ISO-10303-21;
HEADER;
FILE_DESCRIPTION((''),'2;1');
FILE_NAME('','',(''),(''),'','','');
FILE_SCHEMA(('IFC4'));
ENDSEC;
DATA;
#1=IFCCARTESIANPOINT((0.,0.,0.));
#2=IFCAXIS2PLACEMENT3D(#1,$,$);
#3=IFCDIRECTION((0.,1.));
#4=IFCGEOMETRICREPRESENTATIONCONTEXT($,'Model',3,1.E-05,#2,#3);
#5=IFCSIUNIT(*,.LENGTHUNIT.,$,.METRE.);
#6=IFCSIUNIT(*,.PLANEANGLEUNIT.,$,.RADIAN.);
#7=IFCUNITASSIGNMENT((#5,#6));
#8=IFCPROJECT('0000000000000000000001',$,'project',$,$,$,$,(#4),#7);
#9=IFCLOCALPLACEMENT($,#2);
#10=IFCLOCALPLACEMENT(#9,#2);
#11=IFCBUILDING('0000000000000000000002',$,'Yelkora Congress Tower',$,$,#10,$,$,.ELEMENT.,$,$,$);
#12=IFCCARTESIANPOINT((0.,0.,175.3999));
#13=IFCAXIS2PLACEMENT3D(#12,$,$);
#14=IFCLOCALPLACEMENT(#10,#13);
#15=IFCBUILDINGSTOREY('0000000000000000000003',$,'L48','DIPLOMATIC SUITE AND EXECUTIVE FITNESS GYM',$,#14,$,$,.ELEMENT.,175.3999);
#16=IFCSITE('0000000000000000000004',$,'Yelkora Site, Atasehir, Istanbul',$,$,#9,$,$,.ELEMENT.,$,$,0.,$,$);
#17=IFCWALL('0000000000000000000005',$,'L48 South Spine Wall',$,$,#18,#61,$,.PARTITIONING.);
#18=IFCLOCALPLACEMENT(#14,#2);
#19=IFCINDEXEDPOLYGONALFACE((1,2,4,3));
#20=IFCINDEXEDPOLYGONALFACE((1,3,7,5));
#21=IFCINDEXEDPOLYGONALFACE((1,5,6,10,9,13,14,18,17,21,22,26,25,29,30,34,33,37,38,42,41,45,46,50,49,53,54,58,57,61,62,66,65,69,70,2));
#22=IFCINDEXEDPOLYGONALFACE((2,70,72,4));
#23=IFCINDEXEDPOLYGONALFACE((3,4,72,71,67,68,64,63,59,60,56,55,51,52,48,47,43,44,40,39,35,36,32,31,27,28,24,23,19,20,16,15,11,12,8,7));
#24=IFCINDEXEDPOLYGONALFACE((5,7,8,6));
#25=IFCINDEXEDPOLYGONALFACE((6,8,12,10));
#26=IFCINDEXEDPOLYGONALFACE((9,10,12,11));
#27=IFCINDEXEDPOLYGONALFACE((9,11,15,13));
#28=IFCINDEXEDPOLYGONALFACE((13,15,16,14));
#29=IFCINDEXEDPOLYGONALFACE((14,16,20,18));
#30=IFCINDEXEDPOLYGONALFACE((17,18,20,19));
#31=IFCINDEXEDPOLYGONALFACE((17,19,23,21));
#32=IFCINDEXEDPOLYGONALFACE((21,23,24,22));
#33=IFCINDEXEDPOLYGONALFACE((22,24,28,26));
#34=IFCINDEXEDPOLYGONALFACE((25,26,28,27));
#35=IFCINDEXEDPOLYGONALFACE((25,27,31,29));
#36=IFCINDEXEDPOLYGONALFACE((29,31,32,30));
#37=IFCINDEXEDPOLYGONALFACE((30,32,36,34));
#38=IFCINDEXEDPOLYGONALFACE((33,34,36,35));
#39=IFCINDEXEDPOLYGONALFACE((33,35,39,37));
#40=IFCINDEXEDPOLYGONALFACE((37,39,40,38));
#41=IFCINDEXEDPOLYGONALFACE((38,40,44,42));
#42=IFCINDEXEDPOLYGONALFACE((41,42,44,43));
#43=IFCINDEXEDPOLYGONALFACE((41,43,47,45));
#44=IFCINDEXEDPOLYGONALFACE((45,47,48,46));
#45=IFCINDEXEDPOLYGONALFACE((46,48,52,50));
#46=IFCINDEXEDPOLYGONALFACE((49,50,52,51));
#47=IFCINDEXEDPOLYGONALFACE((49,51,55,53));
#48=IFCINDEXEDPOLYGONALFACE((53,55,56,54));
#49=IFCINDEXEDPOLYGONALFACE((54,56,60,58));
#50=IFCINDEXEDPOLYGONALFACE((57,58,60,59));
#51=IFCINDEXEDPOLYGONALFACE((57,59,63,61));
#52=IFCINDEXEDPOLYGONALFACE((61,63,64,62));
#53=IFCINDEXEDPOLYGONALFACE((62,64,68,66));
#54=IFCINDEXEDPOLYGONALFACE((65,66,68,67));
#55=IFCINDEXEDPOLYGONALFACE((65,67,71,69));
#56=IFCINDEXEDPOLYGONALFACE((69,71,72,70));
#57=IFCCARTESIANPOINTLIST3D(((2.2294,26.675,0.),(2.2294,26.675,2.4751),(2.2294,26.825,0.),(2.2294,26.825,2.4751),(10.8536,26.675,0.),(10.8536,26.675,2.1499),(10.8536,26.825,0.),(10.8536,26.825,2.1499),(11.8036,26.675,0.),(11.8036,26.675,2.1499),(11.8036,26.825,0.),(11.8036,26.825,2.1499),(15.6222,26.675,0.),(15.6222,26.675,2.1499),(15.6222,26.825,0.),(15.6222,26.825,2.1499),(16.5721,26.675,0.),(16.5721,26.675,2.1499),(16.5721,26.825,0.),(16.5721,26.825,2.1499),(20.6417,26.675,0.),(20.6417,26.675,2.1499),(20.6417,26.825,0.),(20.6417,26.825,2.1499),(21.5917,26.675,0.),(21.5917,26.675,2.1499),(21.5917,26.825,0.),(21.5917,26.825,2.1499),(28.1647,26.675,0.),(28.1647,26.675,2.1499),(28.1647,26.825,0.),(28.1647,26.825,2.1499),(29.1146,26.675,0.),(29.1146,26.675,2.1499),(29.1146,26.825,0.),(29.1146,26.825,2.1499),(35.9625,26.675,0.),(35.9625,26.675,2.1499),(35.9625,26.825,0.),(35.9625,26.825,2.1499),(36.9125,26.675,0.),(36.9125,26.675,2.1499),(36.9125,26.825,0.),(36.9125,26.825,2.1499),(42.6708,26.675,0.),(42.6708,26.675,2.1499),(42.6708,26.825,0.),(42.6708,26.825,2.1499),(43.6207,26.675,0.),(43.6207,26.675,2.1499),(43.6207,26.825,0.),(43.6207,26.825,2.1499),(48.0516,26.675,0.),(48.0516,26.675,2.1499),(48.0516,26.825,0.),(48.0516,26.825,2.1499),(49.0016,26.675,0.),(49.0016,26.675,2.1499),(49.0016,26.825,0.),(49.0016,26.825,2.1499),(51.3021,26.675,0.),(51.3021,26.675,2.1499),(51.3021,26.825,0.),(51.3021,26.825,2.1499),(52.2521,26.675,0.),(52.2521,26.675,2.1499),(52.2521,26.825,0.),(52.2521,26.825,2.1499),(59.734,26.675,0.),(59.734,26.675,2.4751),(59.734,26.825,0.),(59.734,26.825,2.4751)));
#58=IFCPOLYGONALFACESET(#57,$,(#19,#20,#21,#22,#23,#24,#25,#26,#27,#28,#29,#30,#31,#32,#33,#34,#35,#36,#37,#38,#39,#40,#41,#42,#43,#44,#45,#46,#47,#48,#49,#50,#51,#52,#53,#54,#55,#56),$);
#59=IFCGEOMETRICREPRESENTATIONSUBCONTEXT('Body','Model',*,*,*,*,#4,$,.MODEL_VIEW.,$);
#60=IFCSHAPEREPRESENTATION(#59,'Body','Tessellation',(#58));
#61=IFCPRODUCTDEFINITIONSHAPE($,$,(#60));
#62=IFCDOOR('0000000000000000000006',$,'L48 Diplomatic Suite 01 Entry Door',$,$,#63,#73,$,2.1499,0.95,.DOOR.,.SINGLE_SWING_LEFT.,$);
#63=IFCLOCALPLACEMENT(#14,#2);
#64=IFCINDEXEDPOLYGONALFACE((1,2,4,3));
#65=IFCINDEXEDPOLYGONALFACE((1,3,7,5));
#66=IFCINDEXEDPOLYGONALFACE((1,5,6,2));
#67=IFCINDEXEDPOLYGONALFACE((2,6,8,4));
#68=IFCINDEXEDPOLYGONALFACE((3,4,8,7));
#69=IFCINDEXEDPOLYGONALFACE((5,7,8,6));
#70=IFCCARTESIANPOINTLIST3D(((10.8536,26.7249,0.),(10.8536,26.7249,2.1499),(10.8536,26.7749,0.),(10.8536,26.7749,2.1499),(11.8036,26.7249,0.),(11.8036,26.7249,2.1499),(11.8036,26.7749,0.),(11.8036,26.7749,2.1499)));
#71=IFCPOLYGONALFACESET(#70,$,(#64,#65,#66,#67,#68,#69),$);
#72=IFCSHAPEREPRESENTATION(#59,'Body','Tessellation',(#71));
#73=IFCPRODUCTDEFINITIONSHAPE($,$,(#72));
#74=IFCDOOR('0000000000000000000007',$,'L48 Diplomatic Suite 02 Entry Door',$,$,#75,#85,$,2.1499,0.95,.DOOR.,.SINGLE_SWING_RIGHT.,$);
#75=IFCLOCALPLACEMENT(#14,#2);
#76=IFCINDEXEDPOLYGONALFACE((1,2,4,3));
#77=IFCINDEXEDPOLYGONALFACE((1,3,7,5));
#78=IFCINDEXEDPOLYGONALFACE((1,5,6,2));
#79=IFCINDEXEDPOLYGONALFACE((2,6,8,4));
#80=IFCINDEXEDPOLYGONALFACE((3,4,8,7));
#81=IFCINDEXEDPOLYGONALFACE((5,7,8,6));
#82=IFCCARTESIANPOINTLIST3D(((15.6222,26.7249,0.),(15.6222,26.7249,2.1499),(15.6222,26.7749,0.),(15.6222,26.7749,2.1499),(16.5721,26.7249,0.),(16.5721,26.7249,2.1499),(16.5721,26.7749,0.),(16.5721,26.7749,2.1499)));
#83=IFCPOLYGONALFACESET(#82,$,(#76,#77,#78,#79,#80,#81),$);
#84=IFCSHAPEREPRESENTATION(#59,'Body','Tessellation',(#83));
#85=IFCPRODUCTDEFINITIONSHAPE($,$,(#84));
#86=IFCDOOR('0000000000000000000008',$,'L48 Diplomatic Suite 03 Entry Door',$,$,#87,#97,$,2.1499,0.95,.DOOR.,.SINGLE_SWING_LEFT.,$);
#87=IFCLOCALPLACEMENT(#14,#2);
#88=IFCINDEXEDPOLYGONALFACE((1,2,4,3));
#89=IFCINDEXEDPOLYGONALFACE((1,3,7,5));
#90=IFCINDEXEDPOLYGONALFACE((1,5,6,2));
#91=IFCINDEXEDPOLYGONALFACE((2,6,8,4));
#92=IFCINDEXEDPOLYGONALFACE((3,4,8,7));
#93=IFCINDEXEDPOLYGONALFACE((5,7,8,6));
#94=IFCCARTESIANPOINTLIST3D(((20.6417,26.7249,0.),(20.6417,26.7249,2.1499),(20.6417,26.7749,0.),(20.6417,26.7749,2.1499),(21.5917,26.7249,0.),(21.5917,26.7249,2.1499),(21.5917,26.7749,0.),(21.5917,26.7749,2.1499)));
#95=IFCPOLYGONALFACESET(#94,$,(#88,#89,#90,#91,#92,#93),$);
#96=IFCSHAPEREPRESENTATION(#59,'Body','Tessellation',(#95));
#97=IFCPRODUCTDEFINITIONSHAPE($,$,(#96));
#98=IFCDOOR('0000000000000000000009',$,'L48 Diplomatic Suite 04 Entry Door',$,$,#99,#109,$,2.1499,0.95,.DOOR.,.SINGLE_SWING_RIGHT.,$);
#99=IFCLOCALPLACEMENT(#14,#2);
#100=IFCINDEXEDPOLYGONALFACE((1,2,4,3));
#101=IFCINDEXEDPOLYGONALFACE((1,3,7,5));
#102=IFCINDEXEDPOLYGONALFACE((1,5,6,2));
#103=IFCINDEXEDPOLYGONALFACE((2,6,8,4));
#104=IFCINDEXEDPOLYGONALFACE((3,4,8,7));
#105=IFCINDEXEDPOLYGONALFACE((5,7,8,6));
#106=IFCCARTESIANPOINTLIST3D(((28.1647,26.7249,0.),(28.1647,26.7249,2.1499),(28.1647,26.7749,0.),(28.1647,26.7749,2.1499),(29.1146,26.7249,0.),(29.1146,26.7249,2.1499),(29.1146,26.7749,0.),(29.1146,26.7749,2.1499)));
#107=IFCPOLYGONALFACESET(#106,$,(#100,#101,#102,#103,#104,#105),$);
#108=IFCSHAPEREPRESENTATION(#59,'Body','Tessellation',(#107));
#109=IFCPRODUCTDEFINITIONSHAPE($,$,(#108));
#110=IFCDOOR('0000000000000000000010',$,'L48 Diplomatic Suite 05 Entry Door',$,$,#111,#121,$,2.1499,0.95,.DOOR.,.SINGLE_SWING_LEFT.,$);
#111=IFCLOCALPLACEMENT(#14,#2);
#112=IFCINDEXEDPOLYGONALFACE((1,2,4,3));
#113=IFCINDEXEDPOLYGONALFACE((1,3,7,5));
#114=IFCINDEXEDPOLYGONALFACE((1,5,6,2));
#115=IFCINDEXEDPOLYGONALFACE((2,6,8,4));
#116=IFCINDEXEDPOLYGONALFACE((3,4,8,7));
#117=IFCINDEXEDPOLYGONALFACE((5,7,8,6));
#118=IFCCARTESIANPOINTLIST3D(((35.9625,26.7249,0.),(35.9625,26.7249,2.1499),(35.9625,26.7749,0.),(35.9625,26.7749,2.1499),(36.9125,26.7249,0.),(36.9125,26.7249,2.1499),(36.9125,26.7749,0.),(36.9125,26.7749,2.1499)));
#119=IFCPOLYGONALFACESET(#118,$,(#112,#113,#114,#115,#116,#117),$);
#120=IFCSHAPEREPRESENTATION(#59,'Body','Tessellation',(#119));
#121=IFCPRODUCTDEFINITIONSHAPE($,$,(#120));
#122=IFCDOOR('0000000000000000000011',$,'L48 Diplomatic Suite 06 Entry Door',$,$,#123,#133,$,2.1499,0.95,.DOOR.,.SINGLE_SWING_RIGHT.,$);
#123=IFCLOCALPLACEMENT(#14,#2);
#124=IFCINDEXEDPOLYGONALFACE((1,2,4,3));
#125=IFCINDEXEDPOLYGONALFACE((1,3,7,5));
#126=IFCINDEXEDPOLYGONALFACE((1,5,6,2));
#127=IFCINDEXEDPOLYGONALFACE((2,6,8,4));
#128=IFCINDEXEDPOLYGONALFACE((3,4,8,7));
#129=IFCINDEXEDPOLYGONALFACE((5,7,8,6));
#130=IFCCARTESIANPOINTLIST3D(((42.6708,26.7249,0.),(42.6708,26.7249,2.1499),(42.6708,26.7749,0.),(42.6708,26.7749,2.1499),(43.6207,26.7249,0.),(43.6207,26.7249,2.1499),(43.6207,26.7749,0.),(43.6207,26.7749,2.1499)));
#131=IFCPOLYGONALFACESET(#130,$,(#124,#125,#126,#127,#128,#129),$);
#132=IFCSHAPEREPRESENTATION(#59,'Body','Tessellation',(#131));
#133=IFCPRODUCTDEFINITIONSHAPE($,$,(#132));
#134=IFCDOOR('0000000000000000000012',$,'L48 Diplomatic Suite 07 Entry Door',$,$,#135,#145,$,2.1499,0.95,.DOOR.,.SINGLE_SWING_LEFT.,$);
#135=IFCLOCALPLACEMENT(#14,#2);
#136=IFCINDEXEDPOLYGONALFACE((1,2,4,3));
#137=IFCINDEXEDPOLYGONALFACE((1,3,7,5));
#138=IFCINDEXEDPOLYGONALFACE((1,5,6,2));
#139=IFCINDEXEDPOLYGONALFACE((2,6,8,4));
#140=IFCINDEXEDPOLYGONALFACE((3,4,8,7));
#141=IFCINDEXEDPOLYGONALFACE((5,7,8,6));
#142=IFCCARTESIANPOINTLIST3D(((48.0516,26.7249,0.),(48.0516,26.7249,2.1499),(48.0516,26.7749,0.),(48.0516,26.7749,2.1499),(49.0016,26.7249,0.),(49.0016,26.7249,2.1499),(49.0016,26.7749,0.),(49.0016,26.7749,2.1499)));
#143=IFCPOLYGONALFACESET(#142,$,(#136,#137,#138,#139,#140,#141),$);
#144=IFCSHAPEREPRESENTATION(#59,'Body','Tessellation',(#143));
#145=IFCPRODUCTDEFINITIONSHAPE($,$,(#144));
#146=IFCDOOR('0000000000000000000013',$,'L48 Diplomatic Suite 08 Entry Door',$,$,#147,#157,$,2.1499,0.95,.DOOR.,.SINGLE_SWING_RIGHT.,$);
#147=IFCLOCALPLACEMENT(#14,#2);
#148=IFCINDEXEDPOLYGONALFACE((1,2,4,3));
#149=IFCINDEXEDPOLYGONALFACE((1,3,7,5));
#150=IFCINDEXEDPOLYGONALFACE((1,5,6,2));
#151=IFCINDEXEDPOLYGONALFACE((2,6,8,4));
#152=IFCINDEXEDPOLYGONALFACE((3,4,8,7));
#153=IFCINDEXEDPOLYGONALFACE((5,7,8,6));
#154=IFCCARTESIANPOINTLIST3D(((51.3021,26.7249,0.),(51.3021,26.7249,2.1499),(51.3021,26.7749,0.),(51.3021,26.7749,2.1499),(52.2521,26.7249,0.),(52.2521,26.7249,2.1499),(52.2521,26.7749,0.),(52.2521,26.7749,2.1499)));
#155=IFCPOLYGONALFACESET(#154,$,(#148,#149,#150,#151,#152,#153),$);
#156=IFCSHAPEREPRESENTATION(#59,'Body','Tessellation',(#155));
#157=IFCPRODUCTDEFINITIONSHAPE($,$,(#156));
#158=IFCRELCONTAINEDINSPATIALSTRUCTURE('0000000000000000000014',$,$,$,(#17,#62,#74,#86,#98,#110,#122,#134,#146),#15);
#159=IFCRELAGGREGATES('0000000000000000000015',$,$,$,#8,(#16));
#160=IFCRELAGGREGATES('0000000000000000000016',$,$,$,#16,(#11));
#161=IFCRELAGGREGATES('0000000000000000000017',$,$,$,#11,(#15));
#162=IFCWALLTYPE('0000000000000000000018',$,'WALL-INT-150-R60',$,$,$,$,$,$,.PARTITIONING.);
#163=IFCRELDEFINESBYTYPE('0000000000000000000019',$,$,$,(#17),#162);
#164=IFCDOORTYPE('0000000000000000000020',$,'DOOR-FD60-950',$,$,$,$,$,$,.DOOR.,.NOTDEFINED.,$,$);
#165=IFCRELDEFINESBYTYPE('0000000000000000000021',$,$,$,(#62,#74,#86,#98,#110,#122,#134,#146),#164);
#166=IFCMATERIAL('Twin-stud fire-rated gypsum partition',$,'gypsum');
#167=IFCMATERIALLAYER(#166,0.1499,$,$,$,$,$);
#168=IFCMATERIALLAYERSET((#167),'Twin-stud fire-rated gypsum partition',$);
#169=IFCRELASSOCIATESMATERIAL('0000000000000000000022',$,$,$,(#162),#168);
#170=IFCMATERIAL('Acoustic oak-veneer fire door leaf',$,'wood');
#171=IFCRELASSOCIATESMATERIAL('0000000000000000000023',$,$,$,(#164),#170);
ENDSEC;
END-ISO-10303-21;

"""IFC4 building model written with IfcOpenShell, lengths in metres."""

from ifc_helpers import new_model, si_unit, direction, frame, frame_2d, origin, place, context, subcontext, project, spatial, rectangle, extrude, material, layer, layer_set, type_object, element, fill, save


model = new_model("IFC4")

# Units and contexts
model_context = context("Model", 3, precision=1e-05, world=origin(), true_north=direction((0.0, 1.0)))
body_context = subcontext(model_context, "Body", "Model", "MODEL_VIEW")
ifc_project = project(units=[si_unit("LENGTHUNIT", "METRE"), si_unit("PLANEANGLEUNIT", "RADIAN")], contexts=[model_context])

# Site, building, storey
site_placement = place(None, origin())
site = spatial("IfcSite", under=ifc_project, at=site_placement, Name="Yelkora Site, Atasehir, Istanbul", CompositionType="ELEMENT", RefElevation=0.0)
building_placement = place(site_placement, origin())
building = spatial("IfcBuilding", under=site, at=building_placement, Name="Yelkora Congress Tower", CompositionType="ELEMENT")
storey_placement = place(building_placement, frame((0.0, 0.0, 175.3999)))
storey = spatial("IfcBuildingStorey", under=building, at=storey_placement, Name="L48", Description="DIPLOMATIC SUITE AND EXECUTIVE FITNESS GYM", CompositionType="ELEMENT", Elevation=175.3999)

# Wall, openings, doors
ifc_material_1 = material(Name="Twin-stud fire-rated gypsum partition", Category="gypsum")
ifc_layer_1 = layer(ifc_material_1, 0.1499)
ifc_layer_set_1 = layer_set([ifc_layer_1], Name="Twin-stud fire-rated gypsum partition")
wall_type = type_object("IfcWallType", Name="WALL-INT-150-R60", PredefinedType="PARTITIONING", material=ifc_layer_set_1)
wall_placement = place(storey_placement, frame((2.2292, 26.75, 0.0), z_axis=(0.0, 0.0, 1.0), x_axis=(1.0, 0.0, 0.0)))
wall = element("IfcWall", 1, at=wall_placement, inside=storey, type_object=wall_type, Name="L48 South Spine Wall", PredefinedType="PARTITIONING", context=body_context, shape_type="SweptSolid", body=[
    extrude(rectangle(XDim=57.5046, YDim=0.1499, at=frame_2d((28.7524, 0.0))), origin(), (0.0, 0.0, 1.0), 2.4751),
])
opening_1_placement = place(wall_placement, frame((8.6243, 0.0, 0.0)))
opening_1 = element("IfcOpeningElement", 2, at=opening_1_placement, cuts=wall, PredefinedType="OPENING", context=body_context, shape_type="SweptSolid", body=[
    extrude(rectangle(XDim=0.95, YDim=2.1499, at=frame_2d((0.4751, 1.075))), frame((0.0, 0.085, 0.0), z_axis=(0.0, -1.0, 0.0), x_axis=(1.0, 0.0, 0.0)), (0.0, 0.0, 1.0), 0.1699),
])
opening_2_placement = place(wall_placement, frame((13.3928, 0.0, 0.0)))
opening_2 = element("IfcOpeningElement", 3, at=opening_2_placement, cuts=wall, PredefinedType="OPENING", context=body_context, shape_type="SweptSolid", body=[
    extrude(rectangle(XDim=0.95, YDim=2.1499, at=frame_2d((0.4751, 1.075))), frame((0.0, 0.085, 0.0), z_axis=(0.0, -1.0, 0.0), x_axis=(1.0, 0.0, 0.0)), (0.0, 0.0, 1.0), 0.1699),
])
opening_3_placement = place(wall_placement, frame((18.4124, 0.0, 0.0)))
opening_3 = element("IfcOpeningElement", 4, at=opening_3_placement, cuts=wall, PredefinedType="OPENING", context=body_context, shape_type="SweptSolid", body=[
    extrude(rectangle(XDim=0.95, YDim=2.1499, at=frame_2d((0.4751, 1.075))), frame((0.0, 0.085, 0.0), z_axis=(0.0, -1.0, 0.0), x_axis=(1.0, 0.0, 0.0)), (0.0, 0.0, 1.0), 0.1699),
])
opening_4_placement = place(wall_placement, frame((25.9353, 0.0, 0.0)))
opening_4 = element("IfcOpeningElement", 5, at=opening_4_placement, cuts=wall, PredefinedType="OPENING", context=body_context, shape_type="SweptSolid", body=[
    extrude(rectangle(XDim=0.95, YDim=2.1499, at=frame_2d((0.4751, 1.075))), frame((0.0, 0.085, 0.0), z_axis=(0.0, -1.0, 0.0), x_axis=(1.0, 0.0, 0.0)), (0.0, 0.0, 1.0), 0.1699),
])
opening_5_placement = place(wall_placement, frame((33.7332, 0.0, 0.0)))
opening_5 = element("IfcOpeningElement", 6, at=opening_5_placement, cuts=wall, PredefinedType="OPENING", context=body_context, shape_type="SweptSolid", body=[
    extrude(rectangle(XDim=0.95, YDim=2.1499, at=frame_2d((0.4751, 1.075))), frame((0.0, 0.085, 0.0), z_axis=(0.0, -1.0, 0.0), x_axis=(1.0, 0.0, 0.0)), (0.0, 0.0, 1.0), 0.1699),
])
opening_6_placement = place(wall_placement, frame((40.4414, 0.0, 0.0)))
opening_6 = element("IfcOpeningElement", 7, at=opening_6_placement, cuts=wall, PredefinedType="OPENING", context=body_context, shape_type="SweptSolid", body=[
    extrude(rectangle(XDim=0.95, YDim=2.1499, at=frame_2d((0.4751, 1.075))), frame((0.0, 0.085, 0.0), z_axis=(0.0, -1.0, 0.0), x_axis=(1.0, 0.0, 0.0)), (0.0, 0.0, 1.0), 0.1699),
])
opening_7_placement = place(wall_placement, frame((45.8223, 0.0, 0.0)))
opening_7 = element("IfcOpeningElement", 8, at=opening_7_placement, cuts=wall, PredefinedType="OPENING", context=body_context, shape_type="SweptSolid", body=[
    extrude(rectangle(XDim=0.95, YDim=2.1499, at=frame_2d((0.4751, 1.075))), frame((0.0, 0.085, 0.0), z_axis=(0.0, -1.0, 0.0), x_axis=(1.0, 0.0, 0.0)), (0.0, 0.0, 1.0), 0.1699),
])
opening_8_placement = place(wall_placement, frame((49.0728, 0.0, 0.0)))
opening_8 = element("IfcOpeningElement", 9, at=opening_8_placement, cuts=wall, PredefinedType="OPENING", context=body_context, shape_type="SweptSolid", body=[
    extrude(rectangle(XDim=0.95, YDim=2.1499, at=frame_2d((0.4751, 1.075))), frame((0.0, 0.085, 0.0), z_axis=(0.0, -1.0, 0.0), x_axis=(1.0, 0.0, 0.0)), (0.0, 0.0, 1.0), 0.1699),
])
ifc_material_2 = material(Name="Acoustic oak-veneer fire door leaf", Category="wood")
door_type = type_object("IfcDoorType", Name="DOOR-FD60-950", OperationType="NOTDEFINED", PredefinedType="DOOR", material=ifc_material_2)
door_1_placement = place(opening_1_placement, origin())
door_1 = element("IfcDoor", 10, at=door_1_placement, inside=storey, type_object=door_type, Name="L48 Diplomatic Suite 01 Entry Door", OperationType="SINGLE_SWING_LEFT", OverallHeight=2.1499, OverallWidth=0.95, PredefinedType="DOOR", context=body_context, shape_type="SweptSolid", body=[
    extrude(rectangle(XDim=0.95, YDim=2.1499, at=frame_2d((0.4751, 1.075))), frame((0.0, 0.0249, 0.0), z_axis=(0.0, -1.0, 0.0), x_axis=(1.0, 0.0, 0.0)), (0.0, 0.0, 1.0), 0.05),
])
fill(opening_1, door_1)
door_2_placement = place(opening_2_placement, origin())
door_2 = element("IfcDoor", 11, at=door_2_placement, inside=storey, type_object=door_type, Name="L48 Diplomatic Suite 02 Entry Door", OperationType="SINGLE_SWING_RIGHT", OverallHeight=2.1499, OverallWidth=0.95, PredefinedType="DOOR", context=body_context, shape_type="SweptSolid", body=[
    extrude(rectangle(XDim=0.95, YDim=2.1499, at=frame_2d((0.4751, 1.075))), frame((0.0, 0.0249, 0.0), z_axis=(0.0, -1.0, 0.0), x_axis=(1.0, 0.0, 0.0)), (0.0, 0.0, 1.0), 0.05),
])
fill(opening_2, door_2)
door_3_placement = place(opening_3_placement, origin())
door_3 = element("IfcDoor", 12, at=door_3_placement, inside=storey, type_object=door_type, Name="L48 Diplomatic Suite 03 Entry Door", OperationType="SINGLE_SWING_LEFT", OverallHeight=2.1499, OverallWidth=0.95, PredefinedType="DOOR", context=body_context, shape_type="SweptSolid", body=[
    extrude(rectangle(XDim=0.95, YDim=2.1499, at=frame_2d((0.4751, 1.075))), frame((0.0, 0.0249, 0.0), z_axis=(0.0, -1.0, 0.0), x_axis=(1.0, 0.0, 0.0)), (0.0, 0.0, 1.0), 0.05),
])
fill(opening_3, door_3)
door_4_placement = place(opening_4_placement, origin())
door_4 = element("IfcDoor", 13, at=door_4_placement, inside=storey, type_object=door_type, Name="L48 Diplomatic Suite 04 Entry Door", OperationType="SINGLE_SWING_RIGHT", OverallHeight=2.1499, OverallWidth=0.95, PredefinedType="DOOR", context=body_context, shape_type="SweptSolid", body=[
    extrude(rectangle(XDim=0.95, YDim=2.1499, at=frame_2d((0.4751, 1.075))), frame((0.0, 0.0249, 0.0), z_axis=(0.0, -1.0, 0.0), x_axis=(1.0, 0.0, 0.0)), (0.0, 0.0, 1.0), 0.05),
])
fill(opening_4, door_4)
door_5_placement = place(opening_5_placement, origin())
door_5 = element("IfcDoor", 14, at=door_5_placement, inside=storey, type_object=door_type, Name="L48 Diplomatic Suite 05 Entry Door", OperationType="SINGLE_SWING_LEFT", OverallHeight=2.1499, OverallWidth=0.95, PredefinedType="DOOR", context=body_context, shape_type="SweptSolid", body=[
    extrude(rectangle(XDim=0.95, YDim=2.1499, at=frame_2d((0.4751, 1.075))), frame((0.0, 0.0249, 0.0), z_axis=(0.0, -1.0, 0.0), x_axis=(1.0, 0.0, 0.0)), (0.0, 0.0, 1.0), 0.05),
])
fill(opening_5, door_5)
door_6_placement = place(opening_6_placement, origin())
door_6 = element("IfcDoor", 15, at=door_6_placement, inside=storey, type_object=door_type, Name="L48 Diplomatic Suite 06 Entry Door", OperationType="SINGLE_SWING_RIGHT", OverallHeight=2.1499, OverallWidth=0.95, PredefinedType="DOOR", context=body_context, shape_type="SweptSolid", body=[
    extrude(rectangle(XDim=0.95, YDim=2.1499, at=frame_2d((0.4751, 1.075))), frame((0.0, 0.0249, 0.0), z_axis=(0.0, -1.0, 0.0), x_axis=(1.0, 0.0, 0.0)), (0.0, 0.0, 1.0), 0.05),
])
fill(opening_6, door_6)
door_7_placement = place(opening_7_placement, origin())
door_7 = element("IfcDoor", 16, at=door_7_placement, inside=storey, type_object=door_type, Name="L48 Diplomatic Suite 07 Entry Door", OperationType="SINGLE_SWING_LEFT", OverallHeight=2.1499, OverallWidth=0.95, PredefinedType="DOOR", context=body_context, shape_type="SweptSolid", body=[
    extrude(rectangle(XDim=0.95, YDim=2.1499, at=frame_2d((0.4751, 1.075))), frame((0.0, 0.0249, 0.0), z_axis=(0.0, -1.0, 0.0), x_axis=(1.0, 0.0, 0.0)), (0.0, 0.0, 1.0), 0.05),
])
fill(opening_7, door_7)
door_8_placement = place(opening_8_placement, origin())
door_8 = element("IfcDoor", 17, at=door_8_placement, inside=storey, type_object=door_type, Name="L48 Diplomatic Suite 08 Entry Door", OperationType="SINGLE_SWING_RIGHT", OverallHeight=2.1499, OverallWidth=0.95, PredefinedType="DOOR", context=body_context, shape_type="SweptSolid", body=[
    extrude(rectangle(XDim=0.95, YDim=2.1499, at=frame_2d((0.4751, 1.075))), frame((0.0, 0.0249, 0.0), z_axis=(0.0, -1.0, 0.0), x_axis=(1.0, 0.0, 0.0)), (0.0, 0.0, 1.0), 0.05),
])
fill(opening_8, door_8)

save(model, "model.ifc")
